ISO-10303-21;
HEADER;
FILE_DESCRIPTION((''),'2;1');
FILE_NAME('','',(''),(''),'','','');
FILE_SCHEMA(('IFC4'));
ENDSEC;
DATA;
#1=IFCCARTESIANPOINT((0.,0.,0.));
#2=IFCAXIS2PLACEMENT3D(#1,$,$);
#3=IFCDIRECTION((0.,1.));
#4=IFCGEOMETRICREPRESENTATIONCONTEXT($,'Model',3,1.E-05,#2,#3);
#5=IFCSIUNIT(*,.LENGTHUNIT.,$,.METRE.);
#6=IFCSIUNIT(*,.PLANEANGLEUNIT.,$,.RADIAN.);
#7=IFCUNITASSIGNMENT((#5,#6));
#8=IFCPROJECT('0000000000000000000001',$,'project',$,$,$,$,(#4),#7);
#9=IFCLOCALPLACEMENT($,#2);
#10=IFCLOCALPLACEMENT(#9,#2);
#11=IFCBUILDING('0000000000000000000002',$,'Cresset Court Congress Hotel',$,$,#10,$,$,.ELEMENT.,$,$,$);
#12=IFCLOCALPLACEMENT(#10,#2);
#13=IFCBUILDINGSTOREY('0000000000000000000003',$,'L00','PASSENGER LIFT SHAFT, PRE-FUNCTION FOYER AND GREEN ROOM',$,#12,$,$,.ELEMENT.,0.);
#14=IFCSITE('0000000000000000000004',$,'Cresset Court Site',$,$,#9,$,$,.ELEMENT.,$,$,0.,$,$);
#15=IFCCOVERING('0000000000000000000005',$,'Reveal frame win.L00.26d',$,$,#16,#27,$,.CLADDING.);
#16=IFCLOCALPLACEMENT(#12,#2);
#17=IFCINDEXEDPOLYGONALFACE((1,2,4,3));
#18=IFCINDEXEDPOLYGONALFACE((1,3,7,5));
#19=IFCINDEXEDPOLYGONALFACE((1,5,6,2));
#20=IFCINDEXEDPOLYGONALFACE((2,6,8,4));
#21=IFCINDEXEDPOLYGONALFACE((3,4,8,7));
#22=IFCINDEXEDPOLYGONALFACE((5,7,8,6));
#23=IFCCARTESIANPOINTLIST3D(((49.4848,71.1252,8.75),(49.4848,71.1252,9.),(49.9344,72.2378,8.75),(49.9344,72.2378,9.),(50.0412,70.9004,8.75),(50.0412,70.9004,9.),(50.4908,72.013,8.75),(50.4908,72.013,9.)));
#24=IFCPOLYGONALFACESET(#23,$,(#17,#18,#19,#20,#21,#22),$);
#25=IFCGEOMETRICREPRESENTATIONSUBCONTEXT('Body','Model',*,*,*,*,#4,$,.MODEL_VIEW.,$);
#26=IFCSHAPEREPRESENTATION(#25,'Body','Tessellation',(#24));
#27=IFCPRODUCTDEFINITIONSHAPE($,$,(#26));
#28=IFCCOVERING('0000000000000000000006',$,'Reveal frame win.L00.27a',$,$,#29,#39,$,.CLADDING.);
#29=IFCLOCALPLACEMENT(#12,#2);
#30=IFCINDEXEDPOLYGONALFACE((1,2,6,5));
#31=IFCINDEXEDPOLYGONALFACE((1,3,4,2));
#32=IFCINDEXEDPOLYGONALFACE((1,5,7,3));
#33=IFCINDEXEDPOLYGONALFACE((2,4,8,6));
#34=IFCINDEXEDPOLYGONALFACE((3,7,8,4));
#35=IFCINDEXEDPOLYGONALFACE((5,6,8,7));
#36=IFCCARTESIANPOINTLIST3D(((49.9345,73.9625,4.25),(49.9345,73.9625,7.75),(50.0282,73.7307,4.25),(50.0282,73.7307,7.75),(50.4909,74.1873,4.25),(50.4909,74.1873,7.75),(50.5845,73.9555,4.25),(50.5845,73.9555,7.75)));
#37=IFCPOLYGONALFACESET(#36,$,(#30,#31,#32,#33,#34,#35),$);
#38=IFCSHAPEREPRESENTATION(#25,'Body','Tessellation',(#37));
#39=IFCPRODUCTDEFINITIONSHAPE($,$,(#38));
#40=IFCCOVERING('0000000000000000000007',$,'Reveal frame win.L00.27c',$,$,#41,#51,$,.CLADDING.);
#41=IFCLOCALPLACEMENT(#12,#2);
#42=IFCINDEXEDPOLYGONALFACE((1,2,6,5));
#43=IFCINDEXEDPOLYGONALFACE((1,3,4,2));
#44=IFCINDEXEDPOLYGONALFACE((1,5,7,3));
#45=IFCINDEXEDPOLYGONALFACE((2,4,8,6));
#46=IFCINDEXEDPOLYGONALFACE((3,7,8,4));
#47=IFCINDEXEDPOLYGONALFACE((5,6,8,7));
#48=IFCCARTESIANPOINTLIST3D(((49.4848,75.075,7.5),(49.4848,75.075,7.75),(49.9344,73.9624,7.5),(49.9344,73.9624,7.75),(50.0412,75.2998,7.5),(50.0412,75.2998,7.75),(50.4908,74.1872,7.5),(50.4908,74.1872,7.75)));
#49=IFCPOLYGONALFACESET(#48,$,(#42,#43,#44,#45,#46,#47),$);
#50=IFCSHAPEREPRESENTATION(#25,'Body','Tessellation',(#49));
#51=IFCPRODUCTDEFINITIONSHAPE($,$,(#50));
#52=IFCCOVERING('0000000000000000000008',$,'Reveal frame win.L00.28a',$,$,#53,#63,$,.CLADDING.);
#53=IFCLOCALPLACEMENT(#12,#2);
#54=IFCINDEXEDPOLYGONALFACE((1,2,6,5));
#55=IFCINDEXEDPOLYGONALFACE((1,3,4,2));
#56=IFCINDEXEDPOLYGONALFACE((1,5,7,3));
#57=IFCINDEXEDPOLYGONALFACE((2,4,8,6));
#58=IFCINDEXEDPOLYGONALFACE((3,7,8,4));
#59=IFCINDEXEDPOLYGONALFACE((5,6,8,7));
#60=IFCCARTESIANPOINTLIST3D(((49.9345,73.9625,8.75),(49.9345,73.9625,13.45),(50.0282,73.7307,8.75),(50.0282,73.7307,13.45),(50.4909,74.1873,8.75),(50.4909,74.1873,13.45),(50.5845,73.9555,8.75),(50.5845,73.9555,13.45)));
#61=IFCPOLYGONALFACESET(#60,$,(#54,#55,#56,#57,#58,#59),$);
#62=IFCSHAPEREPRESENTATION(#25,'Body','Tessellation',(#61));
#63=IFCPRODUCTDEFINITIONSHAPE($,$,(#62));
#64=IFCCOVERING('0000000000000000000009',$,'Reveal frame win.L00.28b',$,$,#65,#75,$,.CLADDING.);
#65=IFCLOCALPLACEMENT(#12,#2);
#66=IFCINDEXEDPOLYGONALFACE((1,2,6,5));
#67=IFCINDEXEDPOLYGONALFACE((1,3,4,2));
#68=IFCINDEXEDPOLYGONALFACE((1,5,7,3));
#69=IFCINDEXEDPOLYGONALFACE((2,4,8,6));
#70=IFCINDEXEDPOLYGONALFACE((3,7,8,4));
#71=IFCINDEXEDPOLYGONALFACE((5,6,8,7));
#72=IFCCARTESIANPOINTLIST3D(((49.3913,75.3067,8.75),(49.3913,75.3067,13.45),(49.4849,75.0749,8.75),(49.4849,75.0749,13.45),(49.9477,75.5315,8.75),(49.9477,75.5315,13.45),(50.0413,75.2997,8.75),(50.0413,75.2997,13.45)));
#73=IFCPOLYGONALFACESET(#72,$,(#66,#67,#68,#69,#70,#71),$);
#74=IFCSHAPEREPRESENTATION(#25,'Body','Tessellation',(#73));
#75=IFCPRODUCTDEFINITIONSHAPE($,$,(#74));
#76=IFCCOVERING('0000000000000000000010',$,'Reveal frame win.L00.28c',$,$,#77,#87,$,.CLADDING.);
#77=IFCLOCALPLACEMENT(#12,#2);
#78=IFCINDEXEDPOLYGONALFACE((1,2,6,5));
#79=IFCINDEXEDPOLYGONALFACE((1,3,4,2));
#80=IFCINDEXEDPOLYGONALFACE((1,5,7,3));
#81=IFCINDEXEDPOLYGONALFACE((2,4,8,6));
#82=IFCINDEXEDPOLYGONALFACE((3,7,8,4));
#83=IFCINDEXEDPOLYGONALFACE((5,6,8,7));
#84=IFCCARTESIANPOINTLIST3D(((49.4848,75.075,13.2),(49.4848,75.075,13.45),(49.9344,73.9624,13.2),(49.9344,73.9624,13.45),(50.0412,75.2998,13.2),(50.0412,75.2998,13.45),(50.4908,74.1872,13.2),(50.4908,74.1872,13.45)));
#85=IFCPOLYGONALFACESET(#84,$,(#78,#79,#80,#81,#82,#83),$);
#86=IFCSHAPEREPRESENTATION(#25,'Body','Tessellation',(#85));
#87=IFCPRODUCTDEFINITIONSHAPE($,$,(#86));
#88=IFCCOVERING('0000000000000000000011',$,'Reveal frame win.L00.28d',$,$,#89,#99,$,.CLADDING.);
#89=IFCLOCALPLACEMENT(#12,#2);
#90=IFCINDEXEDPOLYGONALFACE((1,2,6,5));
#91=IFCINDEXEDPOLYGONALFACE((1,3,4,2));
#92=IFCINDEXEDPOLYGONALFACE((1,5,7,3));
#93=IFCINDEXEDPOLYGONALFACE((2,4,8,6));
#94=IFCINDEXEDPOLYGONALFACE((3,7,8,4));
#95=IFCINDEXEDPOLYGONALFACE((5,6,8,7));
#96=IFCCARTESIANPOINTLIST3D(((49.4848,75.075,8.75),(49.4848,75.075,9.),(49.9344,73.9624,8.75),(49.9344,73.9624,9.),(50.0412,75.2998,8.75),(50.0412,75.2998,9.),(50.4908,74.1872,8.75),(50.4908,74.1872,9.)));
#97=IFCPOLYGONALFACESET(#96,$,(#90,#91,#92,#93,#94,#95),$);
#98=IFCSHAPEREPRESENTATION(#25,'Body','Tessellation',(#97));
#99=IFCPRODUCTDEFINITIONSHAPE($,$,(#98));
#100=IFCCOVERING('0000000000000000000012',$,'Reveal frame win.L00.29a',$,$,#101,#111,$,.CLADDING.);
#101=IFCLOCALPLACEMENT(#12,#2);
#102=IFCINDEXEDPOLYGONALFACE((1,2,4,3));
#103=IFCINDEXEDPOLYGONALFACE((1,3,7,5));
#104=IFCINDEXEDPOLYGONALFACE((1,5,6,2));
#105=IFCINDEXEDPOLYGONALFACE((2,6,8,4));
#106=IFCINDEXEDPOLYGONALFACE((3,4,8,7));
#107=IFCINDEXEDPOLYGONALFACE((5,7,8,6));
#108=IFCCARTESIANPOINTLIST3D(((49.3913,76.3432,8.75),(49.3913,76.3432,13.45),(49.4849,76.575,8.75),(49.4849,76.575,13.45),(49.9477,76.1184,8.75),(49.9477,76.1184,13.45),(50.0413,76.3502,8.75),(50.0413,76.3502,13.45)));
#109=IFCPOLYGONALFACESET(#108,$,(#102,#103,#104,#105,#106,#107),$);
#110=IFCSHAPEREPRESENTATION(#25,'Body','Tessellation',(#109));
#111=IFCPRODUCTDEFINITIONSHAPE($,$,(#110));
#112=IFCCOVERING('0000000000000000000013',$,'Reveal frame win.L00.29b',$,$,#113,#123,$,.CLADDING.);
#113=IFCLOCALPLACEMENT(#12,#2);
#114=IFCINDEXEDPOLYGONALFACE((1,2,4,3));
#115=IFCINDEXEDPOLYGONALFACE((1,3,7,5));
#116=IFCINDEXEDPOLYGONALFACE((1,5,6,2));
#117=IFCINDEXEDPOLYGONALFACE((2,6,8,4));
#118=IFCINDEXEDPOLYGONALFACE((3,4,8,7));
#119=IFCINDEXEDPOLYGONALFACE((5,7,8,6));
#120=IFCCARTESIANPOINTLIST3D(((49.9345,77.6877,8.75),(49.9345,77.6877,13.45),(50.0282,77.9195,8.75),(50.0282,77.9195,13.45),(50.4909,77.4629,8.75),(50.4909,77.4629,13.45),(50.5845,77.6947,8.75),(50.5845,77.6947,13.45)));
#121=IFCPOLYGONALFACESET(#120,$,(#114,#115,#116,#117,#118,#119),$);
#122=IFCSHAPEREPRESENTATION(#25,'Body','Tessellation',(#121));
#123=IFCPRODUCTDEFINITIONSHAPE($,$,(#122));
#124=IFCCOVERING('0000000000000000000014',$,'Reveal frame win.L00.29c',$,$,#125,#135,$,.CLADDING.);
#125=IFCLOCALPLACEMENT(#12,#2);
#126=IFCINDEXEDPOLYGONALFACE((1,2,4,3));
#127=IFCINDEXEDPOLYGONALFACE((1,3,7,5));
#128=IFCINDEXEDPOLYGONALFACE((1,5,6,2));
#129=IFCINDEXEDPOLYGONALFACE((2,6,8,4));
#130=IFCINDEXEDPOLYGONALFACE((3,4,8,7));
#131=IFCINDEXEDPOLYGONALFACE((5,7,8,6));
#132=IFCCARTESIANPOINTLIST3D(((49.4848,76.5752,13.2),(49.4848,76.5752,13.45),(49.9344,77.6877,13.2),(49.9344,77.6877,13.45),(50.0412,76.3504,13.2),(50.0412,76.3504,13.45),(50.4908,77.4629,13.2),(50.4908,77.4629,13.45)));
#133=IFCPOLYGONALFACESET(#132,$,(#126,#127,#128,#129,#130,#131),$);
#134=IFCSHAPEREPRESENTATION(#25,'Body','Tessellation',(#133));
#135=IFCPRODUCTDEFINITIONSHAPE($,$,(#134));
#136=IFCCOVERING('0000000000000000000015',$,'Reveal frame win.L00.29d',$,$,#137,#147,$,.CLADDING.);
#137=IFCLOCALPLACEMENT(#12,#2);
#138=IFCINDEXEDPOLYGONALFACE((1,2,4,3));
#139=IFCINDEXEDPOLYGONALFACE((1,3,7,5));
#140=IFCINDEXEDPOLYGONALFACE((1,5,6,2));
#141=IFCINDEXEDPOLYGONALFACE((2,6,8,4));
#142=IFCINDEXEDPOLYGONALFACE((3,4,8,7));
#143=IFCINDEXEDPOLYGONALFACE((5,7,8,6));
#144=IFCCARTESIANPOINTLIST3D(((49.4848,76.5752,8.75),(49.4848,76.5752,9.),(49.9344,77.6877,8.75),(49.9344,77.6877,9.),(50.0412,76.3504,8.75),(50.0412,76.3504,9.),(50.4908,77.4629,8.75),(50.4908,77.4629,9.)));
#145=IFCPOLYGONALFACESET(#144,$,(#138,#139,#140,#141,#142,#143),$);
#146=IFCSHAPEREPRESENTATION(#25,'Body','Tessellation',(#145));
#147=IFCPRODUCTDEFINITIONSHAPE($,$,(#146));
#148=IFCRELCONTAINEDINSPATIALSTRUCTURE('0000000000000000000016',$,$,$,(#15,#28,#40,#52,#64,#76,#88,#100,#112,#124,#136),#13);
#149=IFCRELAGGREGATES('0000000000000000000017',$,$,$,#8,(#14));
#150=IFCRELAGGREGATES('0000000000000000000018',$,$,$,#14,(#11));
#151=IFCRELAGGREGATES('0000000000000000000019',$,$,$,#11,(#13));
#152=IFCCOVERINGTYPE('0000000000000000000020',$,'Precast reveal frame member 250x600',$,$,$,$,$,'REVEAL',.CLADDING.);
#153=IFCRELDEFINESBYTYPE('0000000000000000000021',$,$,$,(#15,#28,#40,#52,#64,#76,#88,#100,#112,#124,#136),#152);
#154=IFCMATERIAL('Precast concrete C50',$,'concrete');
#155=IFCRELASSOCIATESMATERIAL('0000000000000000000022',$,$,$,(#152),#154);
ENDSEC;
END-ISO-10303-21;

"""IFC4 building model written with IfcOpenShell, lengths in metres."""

from ifc_helpers import new_model, si_unit, direction, frame, origin, origin_2d, place, context, subcontext, project, spatial, rectangle, extrude, material, type_object, element, save


model = new_model("IFC4")

# Units and contexts
model_context = context("Model", 3, precision=1e-05, world=origin(), true_north=direction((0.0, 1.0)))
body_context = subcontext(model_context, "Body", "Model", "MODEL_VIEW")
ifc_project = project(units=[si_unit("LENGTHUNIT", "METRE"), si_unit("PLANEANGLEUNIT", "RADIAN")], contexts=[model_context])

# Site, building, storey
site_placement = place(None, origin())
site = spatial("IfcSite", under=ifc_project, at=site_placement, Name="Cresset Court Site", CompositionType="ELEMENT", RefElevation=0.0)
building_placement = place(site_placement, origin())
building = spatial("IfcBuilding", under=site, at=building_placement, Name="Cresset Court Congress Hotel", CompositionType="ELEMENT")
storey_placement = place(building_placement, origin())
storey = spatial("IfcBuildingStorey", under=building, at=storey_placement, Name="L00", Description="PASSENGER LIFT SHAFT, PRE-FUNCTION FOYER AND GREEN ROOM", CompositionType="ELEMENT", Elevation=0.0)

# Coverings
ifc_material_1 = material(Name="Precast concrete C50", Category="concrete")
covering_type = type_object("IfcCoveringType", Name="Precast reveal frame member 250x600", ElementType="REVEAL", PredefinedType="CLADDING", material=ifc_material_1)
for number, where, z_axis, x_axis, name in (
    (1, (49.9878, 71.5691, 8.75), (0.0, 0.0, 1.0), (0.374623, 0.927177, 0.0), "Reveal frame win.L00.26d"),
):
    element("IfcCovering", number, at=place(storey_placement, frame(where, z_axis=z_axis, x_axis=x_axis)), inside=storey, type_object=covering_type, Name=name, PredefinedType="CLADDING", context=body_context, shape_type="SweptSolid", body=[
        extrude(rectangle(XDim=1.2, YDim=0.6001, at=origin_2d()), origin(), (0.0, 0.0, 1.0), 0.25),
    ])
covering_1_placement = place(storey_placement, frame((50.2595, 73.959, 4.25), z_axis=(0.0, 0.0, 1.0), x_axis=(-0.374623, 0.927177, 0.0)))
element("IfcCovering", 2, at=covering_1_placement, inside=storey, type_object=covering_type, Name="Reveal frame win.L00.27a", PredefinedType="CLADDING", context=body_context, shape_type="SweptSolid", body=[
    extrude(rectangle(XDim=0.25, YDim=0.6001, at=origin_2d()), origin(), (0.0, 0.0, 1.0), 3.5),
])
covering_2_placement = place(storey_placement, frame((49.9878, 74.6311, 7.5), z_axis=(0.0, 0.0, 1.0), x_axis=(-0.374623, 0.927177, 0.0)))
element("IfcCovering", 3, at=covering_2_placement, inside=storey, type_object=covering_type, Name="Reveal frame win.L00.27c", PredefinedType="CLADDING", context=body_context, shape_type="SweptSolid", body=[
    extrude(rectangle(XDim=1.2, YDim=0.6001, at=origin_2d()), origin(), (0.0, 0.0, 1.0), 0.25),
])
for number, where, z_axis, x_axis, name in (
    (4, (50.2595, 73.959, 8.75), (0.0, 0.0, 1.0), (-0.374623, 0.927177, 0.0), "Reveal frame win.L00.28a"),
    (5, (49.7163, 75.3032, 8.75), (0.0, 0.0, 1.0), (-0.374623, 0.927177, 0.0), "Reveal frame win.L00.28b"),
):
    element("IfcCovering", number, at=place(storey_placement, frame(where, z_axis=z_axis, x_axis=x_axis)), inside=storey, type_object=covering_type, Name=name, PredefinedType="CLADDING", context=body_context, shape_type="SweptSolid", body=[
        extrude(rectangle(XDim=0.25, YDim=0.6001, at=origin_2d()), origin(), (0.0, 0.0, 1.0), 4.7),
    ])
for number, where, z_axis, x_axis, name in (
    (6, (49.9878, 74.6311, 13.2), (0.0, 0.0, 1.0), (-0.374623, 0.927177, 0.0), "Reveal frame win.L00.28c"),
    (7, (49.9878, 74.6311, 8.75), (0.0, 0.0, 1.0), (-0.374623, 0.927177, 0.0), "Reveal frame win.L00.28d"),
):
    element("IfcCovering", number, at=place(storey_placement, frame(where, z_axis=z_axis, x_axis=x_axis)), inside=storey, type_object=covering_type, Name=name, PredefinedType="CLADDING", context=body_context, shape_type="SweptSolid", body=[
        extrude(rectangle(XDim=1.2, YDim=0.6001, at=origin_2d()), origin(), (0.0, 0.0, 1.0), 0.25),
    ])
for number, where, z_axis, x_axis, name in (
    (8, (49.7163, 76.3467, 8.75), (0.0, 0.0, 1.0), (0.374623, 0.927177, 0.0), "Reveal frame win.L00.29a"),
    (9, (50.2595, 77.6912, 8.75), (0.0, 0.0, 1.0), (0.374623, 0.927177, 0.0), "Reveal frame win.L00.29b"),
):
    element("IfcCovering", number, at=place(storey_placement, frame(where, z_axis=z_axis, x_axis=x_axis)), inside=storey, type_object=covering_type, Name=name, PredefinedType="CLADDING", context=body_context, shape_type="SweptSolid", body=[
        extrude(rectangle(XDim=0.25, YDim=0.6001, at=origin_2d()), origin(), (0.0, 0.0, 1.0), 4.7),
    ])
for number, where, z_axis, x_axis, name in (
    (10, (49.9878, 77.019, 13.2), (0.0, 0.0, 1.0), (0.374623, 0.927177, 0.0), "Reveal frame win.L00.29c"),
    (11, (49.9878, 77.019, 8.75), (0.0, 0.0, 1.0), (0.374623, 0.927177, 0.0), "Reveal frame win.L00.29d"),
):
    element("IfcCovering", number, at=place(storey_placement, frame(where, z_axis=z_axis, x_axis=x_axis)), inside=storey, type_object=covering_type, Name=name, PredefinedType="CLADDING", context=body_context, shape_type="SweptSolid", body=[
        extrude(rectangle(XDim=1.2, YDim=0.6001, at=origin_2d()), origin(), (0.0, 0.0, 1.0), 0.25),
    ])

save(model, "model.ifc")
